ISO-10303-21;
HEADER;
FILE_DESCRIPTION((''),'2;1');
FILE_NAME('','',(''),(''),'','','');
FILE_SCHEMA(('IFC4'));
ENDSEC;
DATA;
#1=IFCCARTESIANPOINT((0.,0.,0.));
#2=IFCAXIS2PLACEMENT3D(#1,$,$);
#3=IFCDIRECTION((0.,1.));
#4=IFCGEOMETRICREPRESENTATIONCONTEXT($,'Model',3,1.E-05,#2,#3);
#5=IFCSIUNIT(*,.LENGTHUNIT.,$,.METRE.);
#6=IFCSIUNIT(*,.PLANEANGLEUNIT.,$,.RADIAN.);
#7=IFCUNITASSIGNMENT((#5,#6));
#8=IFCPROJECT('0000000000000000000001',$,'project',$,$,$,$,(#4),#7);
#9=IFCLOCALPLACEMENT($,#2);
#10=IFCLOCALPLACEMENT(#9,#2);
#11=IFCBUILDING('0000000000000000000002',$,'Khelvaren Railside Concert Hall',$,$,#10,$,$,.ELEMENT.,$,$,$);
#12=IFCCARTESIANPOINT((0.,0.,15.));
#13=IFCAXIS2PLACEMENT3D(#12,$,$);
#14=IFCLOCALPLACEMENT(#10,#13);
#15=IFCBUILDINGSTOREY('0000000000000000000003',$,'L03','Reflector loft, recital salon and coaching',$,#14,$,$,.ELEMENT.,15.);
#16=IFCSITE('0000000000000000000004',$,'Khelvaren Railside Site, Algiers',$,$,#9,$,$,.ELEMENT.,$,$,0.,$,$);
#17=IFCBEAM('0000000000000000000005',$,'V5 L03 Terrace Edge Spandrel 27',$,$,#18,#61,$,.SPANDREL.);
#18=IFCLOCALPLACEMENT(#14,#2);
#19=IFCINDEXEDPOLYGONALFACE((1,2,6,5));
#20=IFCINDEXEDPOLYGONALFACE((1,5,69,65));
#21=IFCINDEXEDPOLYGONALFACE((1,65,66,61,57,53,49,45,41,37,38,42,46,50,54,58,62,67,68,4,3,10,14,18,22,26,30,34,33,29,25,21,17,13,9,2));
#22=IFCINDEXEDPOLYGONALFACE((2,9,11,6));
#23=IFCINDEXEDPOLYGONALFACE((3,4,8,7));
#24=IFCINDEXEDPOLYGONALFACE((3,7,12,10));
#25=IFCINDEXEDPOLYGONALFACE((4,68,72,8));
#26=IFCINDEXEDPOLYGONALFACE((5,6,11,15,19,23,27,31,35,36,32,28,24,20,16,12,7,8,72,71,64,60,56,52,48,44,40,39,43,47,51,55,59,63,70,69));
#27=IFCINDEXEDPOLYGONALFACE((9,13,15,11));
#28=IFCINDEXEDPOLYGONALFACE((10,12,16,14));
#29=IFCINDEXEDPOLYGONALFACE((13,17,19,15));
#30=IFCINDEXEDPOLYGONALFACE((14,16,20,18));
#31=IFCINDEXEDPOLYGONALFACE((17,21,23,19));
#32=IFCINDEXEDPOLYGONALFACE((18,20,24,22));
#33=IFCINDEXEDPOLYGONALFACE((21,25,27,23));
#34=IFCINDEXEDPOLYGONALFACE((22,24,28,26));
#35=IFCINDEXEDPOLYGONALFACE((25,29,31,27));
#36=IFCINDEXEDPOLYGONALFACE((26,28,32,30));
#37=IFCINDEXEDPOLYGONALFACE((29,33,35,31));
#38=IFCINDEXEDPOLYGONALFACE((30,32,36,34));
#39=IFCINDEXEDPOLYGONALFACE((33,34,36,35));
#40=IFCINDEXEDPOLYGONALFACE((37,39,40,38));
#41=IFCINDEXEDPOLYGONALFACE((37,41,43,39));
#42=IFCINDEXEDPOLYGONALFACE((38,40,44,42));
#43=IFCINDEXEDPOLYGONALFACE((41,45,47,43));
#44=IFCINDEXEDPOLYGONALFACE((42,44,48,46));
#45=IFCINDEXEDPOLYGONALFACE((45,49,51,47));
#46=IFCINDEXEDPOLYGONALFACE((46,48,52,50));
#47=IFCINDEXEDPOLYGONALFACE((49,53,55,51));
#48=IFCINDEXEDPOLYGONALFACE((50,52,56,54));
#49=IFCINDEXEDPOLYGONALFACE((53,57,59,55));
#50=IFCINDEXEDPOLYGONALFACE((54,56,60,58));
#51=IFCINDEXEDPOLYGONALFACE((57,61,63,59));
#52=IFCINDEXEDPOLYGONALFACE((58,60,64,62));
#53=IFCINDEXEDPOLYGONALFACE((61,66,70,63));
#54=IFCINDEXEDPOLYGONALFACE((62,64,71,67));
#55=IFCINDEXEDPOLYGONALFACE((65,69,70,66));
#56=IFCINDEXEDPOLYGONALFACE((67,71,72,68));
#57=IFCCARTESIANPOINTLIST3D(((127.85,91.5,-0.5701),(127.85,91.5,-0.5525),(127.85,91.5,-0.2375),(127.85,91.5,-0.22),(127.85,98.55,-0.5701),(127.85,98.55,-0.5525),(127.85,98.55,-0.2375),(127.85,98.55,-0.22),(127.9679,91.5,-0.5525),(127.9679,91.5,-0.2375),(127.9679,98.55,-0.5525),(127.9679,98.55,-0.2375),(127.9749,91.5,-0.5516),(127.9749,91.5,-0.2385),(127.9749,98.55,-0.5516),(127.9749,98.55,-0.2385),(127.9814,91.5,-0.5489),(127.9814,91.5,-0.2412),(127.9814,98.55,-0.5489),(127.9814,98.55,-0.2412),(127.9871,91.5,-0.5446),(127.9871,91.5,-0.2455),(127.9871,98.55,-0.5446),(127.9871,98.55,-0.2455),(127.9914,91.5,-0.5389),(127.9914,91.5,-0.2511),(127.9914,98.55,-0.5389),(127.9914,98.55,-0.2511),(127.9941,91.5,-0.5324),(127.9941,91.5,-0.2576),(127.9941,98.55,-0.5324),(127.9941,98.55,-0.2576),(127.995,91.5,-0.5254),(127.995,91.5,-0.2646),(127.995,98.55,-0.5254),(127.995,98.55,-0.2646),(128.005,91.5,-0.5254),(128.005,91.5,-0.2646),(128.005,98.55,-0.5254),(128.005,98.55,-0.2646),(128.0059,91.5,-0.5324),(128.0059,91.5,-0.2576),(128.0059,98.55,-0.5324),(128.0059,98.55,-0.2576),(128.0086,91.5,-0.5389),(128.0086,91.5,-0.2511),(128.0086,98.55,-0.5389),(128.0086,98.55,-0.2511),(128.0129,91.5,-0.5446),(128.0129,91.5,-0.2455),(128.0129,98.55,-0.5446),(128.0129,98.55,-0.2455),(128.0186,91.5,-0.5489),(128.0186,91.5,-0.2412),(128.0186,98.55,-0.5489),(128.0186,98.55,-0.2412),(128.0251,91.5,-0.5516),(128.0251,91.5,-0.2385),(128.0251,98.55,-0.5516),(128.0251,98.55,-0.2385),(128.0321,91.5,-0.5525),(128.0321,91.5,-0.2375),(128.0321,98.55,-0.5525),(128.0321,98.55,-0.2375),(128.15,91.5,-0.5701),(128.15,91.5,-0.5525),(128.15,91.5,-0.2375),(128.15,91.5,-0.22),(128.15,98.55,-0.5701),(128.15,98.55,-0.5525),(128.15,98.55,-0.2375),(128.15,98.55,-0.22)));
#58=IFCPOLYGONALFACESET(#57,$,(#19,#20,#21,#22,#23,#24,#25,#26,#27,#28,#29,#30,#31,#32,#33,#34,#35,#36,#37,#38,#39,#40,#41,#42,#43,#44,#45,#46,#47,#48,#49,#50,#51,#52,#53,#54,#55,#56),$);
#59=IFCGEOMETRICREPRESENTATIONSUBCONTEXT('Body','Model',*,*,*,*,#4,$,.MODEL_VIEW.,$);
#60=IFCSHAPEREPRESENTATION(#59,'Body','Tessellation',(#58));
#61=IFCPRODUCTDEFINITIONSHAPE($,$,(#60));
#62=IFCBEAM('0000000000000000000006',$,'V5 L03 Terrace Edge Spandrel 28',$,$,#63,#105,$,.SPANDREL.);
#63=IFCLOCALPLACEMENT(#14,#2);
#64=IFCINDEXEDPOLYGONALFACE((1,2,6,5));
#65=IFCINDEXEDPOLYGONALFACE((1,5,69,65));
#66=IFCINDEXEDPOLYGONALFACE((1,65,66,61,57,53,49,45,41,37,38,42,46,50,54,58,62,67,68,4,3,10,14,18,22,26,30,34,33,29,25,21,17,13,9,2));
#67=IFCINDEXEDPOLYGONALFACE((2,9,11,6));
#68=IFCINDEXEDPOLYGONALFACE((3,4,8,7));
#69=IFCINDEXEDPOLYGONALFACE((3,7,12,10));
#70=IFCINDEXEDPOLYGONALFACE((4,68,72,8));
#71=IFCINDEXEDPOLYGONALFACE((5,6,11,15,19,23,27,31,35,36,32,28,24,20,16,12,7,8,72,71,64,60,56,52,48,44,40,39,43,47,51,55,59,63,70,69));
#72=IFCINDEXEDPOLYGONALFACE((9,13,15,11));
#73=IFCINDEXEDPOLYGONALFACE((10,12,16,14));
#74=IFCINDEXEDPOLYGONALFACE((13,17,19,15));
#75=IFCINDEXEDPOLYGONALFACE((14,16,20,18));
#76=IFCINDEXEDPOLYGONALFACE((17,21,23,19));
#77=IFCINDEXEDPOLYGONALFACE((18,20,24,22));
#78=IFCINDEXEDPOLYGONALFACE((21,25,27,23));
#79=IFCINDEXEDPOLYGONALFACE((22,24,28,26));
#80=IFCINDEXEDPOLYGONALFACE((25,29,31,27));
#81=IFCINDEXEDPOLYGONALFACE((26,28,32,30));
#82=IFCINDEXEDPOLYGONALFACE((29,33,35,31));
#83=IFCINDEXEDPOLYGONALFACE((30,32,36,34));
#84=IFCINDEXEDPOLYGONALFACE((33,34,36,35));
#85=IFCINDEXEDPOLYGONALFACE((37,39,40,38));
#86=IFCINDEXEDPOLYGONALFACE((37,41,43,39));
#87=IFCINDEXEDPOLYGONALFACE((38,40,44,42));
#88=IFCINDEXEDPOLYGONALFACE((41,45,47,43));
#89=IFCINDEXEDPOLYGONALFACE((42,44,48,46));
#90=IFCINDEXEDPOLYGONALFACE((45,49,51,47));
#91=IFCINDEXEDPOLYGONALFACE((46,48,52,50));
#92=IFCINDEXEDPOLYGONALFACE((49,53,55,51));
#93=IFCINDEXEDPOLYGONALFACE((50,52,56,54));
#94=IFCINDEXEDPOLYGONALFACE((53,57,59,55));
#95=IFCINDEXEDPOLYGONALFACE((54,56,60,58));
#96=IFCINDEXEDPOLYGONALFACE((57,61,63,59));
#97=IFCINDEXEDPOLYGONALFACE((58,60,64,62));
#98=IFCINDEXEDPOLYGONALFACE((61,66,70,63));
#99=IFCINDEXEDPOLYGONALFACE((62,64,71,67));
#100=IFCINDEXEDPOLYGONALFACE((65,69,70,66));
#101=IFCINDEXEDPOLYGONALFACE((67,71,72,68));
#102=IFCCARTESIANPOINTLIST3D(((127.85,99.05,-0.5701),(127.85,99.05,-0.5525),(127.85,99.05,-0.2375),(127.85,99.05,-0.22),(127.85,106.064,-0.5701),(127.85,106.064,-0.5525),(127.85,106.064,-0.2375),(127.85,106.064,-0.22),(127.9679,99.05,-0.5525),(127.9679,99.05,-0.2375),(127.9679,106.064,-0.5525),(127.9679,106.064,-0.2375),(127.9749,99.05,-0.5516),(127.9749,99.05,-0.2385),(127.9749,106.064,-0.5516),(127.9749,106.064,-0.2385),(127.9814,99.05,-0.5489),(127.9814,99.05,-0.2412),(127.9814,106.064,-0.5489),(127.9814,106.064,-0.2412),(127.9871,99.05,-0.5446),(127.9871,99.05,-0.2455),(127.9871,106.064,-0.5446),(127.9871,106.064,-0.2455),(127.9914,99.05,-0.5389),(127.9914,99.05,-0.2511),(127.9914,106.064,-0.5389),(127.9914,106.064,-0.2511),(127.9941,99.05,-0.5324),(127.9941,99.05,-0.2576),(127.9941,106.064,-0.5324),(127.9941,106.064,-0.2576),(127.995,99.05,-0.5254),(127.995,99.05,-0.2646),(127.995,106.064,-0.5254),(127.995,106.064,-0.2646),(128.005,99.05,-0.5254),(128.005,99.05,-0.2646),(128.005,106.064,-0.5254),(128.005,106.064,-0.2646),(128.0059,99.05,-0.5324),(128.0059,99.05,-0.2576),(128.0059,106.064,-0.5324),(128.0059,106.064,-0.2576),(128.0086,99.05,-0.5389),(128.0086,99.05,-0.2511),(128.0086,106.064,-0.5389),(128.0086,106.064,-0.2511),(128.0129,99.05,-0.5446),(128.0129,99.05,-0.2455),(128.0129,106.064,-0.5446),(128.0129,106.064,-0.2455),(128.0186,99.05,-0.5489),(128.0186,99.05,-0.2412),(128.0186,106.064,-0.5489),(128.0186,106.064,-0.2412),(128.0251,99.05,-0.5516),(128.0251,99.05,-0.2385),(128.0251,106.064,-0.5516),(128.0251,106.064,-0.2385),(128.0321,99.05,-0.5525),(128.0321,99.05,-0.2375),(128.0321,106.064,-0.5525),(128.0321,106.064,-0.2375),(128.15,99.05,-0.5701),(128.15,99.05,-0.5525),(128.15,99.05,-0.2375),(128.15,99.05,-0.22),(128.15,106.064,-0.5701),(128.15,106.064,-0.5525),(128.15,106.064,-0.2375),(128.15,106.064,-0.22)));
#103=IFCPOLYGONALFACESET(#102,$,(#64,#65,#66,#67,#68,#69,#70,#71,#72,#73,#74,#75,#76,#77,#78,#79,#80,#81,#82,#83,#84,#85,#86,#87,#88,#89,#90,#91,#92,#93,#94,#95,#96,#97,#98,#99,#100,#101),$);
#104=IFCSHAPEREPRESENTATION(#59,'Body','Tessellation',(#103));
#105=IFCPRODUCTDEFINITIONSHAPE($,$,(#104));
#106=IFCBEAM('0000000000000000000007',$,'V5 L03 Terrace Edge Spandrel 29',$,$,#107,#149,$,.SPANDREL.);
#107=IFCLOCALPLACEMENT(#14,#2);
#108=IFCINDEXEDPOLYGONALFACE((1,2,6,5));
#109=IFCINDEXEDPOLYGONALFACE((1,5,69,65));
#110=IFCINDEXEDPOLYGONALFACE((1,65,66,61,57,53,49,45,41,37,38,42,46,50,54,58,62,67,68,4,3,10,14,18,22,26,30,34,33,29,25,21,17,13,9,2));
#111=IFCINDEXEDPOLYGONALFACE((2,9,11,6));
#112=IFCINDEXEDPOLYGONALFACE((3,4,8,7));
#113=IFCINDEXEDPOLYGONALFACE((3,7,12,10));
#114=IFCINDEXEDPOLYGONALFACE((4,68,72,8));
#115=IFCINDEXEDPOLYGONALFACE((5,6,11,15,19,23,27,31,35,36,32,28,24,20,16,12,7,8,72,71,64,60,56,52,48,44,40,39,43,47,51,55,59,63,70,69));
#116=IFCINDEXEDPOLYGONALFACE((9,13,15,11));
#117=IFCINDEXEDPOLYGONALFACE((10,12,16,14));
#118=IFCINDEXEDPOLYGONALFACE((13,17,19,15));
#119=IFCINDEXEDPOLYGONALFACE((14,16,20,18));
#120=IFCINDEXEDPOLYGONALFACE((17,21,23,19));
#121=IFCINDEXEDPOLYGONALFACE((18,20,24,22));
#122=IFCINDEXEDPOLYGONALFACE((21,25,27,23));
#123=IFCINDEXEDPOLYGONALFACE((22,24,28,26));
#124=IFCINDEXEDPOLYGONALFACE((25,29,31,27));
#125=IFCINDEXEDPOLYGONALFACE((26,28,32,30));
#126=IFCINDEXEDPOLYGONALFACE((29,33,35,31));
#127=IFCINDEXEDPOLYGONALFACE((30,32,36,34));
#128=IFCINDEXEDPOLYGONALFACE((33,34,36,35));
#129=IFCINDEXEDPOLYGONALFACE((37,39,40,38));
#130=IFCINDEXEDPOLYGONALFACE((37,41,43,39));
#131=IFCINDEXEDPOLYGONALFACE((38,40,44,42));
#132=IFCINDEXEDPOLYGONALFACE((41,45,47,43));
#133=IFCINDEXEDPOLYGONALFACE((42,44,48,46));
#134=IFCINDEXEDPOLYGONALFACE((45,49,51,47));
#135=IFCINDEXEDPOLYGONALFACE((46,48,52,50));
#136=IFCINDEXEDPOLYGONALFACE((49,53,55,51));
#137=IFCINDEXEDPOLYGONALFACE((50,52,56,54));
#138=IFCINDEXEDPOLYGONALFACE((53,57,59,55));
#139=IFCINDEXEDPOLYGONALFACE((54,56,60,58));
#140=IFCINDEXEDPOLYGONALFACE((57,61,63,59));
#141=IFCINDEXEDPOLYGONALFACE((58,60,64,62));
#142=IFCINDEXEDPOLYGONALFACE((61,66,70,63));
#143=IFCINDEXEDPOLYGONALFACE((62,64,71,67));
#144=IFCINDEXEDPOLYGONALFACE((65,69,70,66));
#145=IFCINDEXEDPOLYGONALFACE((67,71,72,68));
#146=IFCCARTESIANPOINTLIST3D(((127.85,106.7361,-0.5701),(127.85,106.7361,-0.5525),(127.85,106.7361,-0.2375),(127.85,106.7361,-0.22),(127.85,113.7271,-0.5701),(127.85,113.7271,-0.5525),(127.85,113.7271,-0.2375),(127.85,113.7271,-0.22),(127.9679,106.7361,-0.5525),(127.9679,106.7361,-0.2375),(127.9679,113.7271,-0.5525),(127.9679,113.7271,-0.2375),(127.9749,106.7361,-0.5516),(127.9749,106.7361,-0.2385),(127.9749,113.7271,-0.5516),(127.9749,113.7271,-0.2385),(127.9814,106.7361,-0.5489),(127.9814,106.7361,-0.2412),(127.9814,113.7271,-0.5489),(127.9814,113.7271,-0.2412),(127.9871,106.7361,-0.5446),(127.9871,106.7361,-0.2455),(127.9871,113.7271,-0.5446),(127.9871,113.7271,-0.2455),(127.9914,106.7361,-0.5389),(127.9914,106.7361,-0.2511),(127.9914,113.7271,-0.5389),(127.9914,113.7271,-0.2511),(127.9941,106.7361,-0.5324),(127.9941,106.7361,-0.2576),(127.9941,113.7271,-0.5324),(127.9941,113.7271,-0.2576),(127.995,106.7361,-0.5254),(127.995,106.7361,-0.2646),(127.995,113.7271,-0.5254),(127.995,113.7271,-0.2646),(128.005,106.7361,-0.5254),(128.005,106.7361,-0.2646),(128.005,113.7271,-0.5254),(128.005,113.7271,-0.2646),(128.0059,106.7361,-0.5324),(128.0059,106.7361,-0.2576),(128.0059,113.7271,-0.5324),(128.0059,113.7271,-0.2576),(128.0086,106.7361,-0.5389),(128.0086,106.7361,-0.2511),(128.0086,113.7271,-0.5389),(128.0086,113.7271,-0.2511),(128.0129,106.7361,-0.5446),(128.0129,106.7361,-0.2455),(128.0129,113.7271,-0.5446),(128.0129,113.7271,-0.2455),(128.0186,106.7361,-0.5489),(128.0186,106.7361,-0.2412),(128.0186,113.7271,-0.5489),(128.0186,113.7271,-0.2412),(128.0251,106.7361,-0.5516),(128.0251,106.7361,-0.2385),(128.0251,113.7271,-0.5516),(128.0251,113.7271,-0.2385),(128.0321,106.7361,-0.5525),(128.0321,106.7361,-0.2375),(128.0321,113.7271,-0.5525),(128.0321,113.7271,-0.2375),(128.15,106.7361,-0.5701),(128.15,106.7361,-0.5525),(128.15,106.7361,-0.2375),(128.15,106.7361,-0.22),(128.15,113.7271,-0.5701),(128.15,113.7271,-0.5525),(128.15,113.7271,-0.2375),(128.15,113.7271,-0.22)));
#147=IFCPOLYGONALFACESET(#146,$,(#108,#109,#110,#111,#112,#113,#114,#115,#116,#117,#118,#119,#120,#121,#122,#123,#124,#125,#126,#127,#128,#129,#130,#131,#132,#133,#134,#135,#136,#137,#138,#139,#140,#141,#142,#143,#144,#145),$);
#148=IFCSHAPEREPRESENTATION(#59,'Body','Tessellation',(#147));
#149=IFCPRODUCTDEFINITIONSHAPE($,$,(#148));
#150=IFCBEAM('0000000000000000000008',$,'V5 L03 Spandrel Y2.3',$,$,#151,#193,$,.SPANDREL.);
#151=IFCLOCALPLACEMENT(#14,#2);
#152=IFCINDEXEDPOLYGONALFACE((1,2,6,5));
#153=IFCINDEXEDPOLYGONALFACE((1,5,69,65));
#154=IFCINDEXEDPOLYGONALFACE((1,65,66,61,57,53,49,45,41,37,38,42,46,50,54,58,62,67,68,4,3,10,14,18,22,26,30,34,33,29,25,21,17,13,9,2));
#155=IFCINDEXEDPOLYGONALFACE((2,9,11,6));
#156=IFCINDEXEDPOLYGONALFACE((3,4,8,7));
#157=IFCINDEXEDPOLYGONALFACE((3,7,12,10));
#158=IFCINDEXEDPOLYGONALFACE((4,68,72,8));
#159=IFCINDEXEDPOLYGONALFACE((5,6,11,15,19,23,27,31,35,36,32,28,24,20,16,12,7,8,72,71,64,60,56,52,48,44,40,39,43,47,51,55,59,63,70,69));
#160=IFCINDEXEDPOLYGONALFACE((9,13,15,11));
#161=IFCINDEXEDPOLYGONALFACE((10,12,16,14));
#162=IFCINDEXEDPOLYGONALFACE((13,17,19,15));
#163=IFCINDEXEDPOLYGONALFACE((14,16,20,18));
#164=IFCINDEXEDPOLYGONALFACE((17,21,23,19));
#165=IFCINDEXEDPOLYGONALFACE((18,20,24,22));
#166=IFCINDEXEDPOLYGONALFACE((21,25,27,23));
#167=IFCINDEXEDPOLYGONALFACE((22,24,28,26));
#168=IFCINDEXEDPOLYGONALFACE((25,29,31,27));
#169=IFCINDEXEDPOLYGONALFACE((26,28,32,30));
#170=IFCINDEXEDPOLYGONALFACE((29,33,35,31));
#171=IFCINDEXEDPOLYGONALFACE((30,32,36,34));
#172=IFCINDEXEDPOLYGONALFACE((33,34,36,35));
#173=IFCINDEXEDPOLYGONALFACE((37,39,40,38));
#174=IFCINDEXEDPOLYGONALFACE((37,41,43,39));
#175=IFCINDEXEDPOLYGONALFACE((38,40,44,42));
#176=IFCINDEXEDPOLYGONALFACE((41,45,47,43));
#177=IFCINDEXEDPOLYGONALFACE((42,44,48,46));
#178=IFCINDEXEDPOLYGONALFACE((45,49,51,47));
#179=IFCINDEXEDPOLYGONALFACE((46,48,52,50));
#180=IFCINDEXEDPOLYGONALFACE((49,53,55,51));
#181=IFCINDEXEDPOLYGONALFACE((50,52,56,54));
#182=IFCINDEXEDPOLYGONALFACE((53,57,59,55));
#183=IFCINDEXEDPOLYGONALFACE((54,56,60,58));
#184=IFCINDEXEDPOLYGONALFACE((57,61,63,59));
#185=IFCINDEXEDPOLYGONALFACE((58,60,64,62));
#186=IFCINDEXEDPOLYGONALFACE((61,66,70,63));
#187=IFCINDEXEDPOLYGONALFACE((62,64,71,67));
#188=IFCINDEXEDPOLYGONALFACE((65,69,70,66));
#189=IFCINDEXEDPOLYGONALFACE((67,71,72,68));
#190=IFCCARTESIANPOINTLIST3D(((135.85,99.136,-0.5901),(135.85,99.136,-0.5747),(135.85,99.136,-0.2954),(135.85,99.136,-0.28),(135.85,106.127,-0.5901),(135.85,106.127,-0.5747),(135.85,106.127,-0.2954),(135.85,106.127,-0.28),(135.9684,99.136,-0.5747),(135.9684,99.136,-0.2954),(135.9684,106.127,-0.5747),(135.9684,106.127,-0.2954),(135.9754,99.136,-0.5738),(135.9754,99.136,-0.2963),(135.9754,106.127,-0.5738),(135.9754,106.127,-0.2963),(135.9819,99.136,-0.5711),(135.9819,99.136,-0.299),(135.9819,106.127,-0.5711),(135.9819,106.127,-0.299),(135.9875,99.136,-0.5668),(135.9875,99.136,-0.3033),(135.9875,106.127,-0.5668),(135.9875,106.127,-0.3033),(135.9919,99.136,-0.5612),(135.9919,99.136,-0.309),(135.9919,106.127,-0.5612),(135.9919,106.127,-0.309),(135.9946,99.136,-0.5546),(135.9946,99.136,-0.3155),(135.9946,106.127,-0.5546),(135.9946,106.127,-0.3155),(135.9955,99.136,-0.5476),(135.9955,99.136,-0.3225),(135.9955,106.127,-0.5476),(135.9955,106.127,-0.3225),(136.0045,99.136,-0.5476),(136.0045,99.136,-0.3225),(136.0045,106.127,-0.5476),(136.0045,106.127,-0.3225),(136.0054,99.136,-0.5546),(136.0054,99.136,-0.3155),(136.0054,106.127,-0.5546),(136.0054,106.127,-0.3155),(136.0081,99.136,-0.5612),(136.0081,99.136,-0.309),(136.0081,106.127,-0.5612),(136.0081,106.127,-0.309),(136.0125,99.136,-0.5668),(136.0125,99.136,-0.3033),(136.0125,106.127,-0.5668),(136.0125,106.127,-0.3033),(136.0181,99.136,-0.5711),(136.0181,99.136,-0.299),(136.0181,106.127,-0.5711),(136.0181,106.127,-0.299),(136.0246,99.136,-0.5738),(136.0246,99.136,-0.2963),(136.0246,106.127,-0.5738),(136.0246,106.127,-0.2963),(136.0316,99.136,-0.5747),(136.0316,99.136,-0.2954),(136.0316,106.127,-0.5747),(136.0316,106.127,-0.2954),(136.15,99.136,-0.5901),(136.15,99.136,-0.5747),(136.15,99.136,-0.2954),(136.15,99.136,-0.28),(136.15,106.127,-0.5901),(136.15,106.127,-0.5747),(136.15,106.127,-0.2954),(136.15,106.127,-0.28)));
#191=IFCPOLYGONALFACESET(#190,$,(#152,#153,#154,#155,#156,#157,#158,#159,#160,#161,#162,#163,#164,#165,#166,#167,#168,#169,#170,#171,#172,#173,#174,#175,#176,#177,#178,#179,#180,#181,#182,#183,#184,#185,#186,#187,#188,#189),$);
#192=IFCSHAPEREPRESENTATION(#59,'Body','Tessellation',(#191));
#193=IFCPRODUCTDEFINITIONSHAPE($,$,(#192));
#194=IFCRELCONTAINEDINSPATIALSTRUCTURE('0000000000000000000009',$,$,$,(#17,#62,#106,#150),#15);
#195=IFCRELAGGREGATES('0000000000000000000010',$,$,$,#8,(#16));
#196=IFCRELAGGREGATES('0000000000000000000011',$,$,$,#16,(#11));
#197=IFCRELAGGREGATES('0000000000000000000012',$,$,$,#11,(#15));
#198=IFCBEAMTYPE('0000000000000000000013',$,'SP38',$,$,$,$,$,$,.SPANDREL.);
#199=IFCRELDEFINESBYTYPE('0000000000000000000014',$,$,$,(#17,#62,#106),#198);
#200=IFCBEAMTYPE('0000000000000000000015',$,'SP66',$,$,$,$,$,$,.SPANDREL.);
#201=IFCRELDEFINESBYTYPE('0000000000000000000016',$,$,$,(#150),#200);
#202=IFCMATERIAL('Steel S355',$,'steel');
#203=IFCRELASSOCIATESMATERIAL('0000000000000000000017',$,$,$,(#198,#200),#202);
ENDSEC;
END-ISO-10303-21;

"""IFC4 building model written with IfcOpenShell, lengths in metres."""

from ifc_helpers import new_model, si_unit, direction, frame, origin, origin_2d, place, context, subcontext, project, spatial, i_section, extrude, material, material_profile, profile_set, type_object, element, save


model = new_model("IFC4")

# Units and contexts
model_context = context("Model", 3, precision=1e-05, world=origin(), true_north=direction((0.0, 1.0)))
body_context = subcontext(model_context, "Body", "Model", "MODEL_VIEW")
ifc_project = project(units=[si_unit("LENGTHUNIT", "METRE"), si_unit("PLANEANGLEUNIT", "RADIAN")], contexts=[model_context])

# Site, building, storey
site_placement = place(None, origin())
site = spatial("IfcSite", under=ifc_project, at=site_placement, Name="Khelvaren Railside Site, Algiers", CompositionType="ELEMENT", RefElevation=0.0)
building_placement = place(site_placement, origin())
building = spatial("IfcBuilding", under=site, at=building_placement, Name="Khelvaren Railside Concert Hall", CompositionType="ELEMENT")
storey_placement = place(building_placement, frame((0.0, 0.0, 15.0)))
storey = spatial("IfcBuildingStorey", under=building, at=storey_placement, Name="L03", Description="Reflector loft, recital salon and coaching", CompositionType="ELEMENT", Elevation=15.0)

# Beams
ifc_material_1 = material(Name="Steel S355", Category="steel")
ifc_material_profile_1 = material_profile(ifc_material_1, i_section(OverallWidth=0.3, OverallDepth=0.3501, WebThickness=0.01, FlangeThickness=0.0176, FilletRadius=0.0271, at=origin_2d()), Name="HEA 360")
ifc_profile_set_1 = profile_set([ifc_material_profile_1], Name="Steel S355")
beam_type_1 = type_object("IfcBeamType", Name="SP38", PredefinedType="SPANDREL", material=ifc_profile_set_1)
beam_1_placement = place(storey_placement, frame((128.0, 91.5, -0.395), z_axis=(0.0, 1.0, 0.0), x_axis=(-1.0, 0.0, 0.0)))
element("IfcBeam", 1, at=beam_1_placement, inside=storey, type_object=beam_type_1, Name="V5 L03 Terrace Edge Spandrel 27", PredefinedType="SPANDREL", context=body_context, shape_type="SweptSolid", body=[
    extrude(i_section(OverallWidth=0.3, OverallDepth=0.3501, WebThickness=0.01, FlangeThickness=0.0176, FilletRadius=0.0271, at=origin_2d()), origin(), (0.0, 0.0, 1.0), 7.05),
])
beam_2_placement = place(storey_placement, frame((128.0, 99.05, -0.395), z_axis=(0.0, 1.0, 0.0), x_axis=(-1.0, 0.0, 0.0)))
element("IfcBeam", 2, at=beam_2_placement, inside=storey, type_object=beam_type_1, Name="V5 L03 Terrace Edge Spandrel 28", PredefinedType="SPANDREL", context=body_context, shape_type="SweptSolid", body=[
    extrude(i_section(OverallWidth=0.3, OverallDepth=0.3501, WebThickness=0.01, FlangeThickness=0.0176, FilletRadius=0.0271, at=origin_2d()), origin(), (0.0, 0.0, 1.0), 7.0139),
])
beam_3_placement = place(storey_placement, frame((128.0, 106.7361, -0.395), z_axis=(0.0, 1.0, 0.0), x_axis=(-1.0, 0.0, 0.0)))
element("IfcBeam", 3, at=beam_3_placement, inside=storey, type_object=beam_type_1, Name="V5 L03 Terrace Edge Spandrel 29", PredefinedType="SPANDREL", context=body_context, shape_type="SweptSolid", body=[
    extrude(i_section(OverallWidth=0.3, OverallDepth=0.3501, WebThickness=0.01, FlangeThickness=0.0176, FilletRadius=0.0271, at=origin_2d()), origin(), (0.0, 0.0, 1.0), 6.991),
])
ifc_material_profile_2 = material_profile(ifc_material_1, i_section(OverallWidth=0.3, OverallDepth=0.3101, WebThickness=0.009, FlangeThickness=0.0154, FilletRadius=0.0271, at=origin_2d()), Name="HEA 320")
ifc_profile_set_2 = profile_set([ifc_material_profile_2], Name="Steel S355")
beam_type_2 = type_object("IfcBeamType", Name="SP66", PredefinedType="SPANDREL", material=ifc_profile_set_2)
beam_4_placement = place(storey_placement, frame((136.0, 99.136, -0.4351), z_axis=(0.0, 1.0, 0.0), x_axis=(-1.0, 0.0, 0.0)))
element("IfcBeam", 4, at=beam_4_placement, inside=storey, type_object=beam_type_2, Name="V5 L03 Spandrel Y2.3", PredefinedType="SPANDREL", context=body_context, shape_type="SweptSolid", body=[
    extrude(i_section(OverallWidth=0.3, OverallDepth=0.3101, WebThickness=0.009, FlangeThickness=0.0154, FilletRadius=0.0271, at=origin_2d()), origin(), (0.0, 0.0, 1.0), 6.991),
])

save(model, "model.ifc")
